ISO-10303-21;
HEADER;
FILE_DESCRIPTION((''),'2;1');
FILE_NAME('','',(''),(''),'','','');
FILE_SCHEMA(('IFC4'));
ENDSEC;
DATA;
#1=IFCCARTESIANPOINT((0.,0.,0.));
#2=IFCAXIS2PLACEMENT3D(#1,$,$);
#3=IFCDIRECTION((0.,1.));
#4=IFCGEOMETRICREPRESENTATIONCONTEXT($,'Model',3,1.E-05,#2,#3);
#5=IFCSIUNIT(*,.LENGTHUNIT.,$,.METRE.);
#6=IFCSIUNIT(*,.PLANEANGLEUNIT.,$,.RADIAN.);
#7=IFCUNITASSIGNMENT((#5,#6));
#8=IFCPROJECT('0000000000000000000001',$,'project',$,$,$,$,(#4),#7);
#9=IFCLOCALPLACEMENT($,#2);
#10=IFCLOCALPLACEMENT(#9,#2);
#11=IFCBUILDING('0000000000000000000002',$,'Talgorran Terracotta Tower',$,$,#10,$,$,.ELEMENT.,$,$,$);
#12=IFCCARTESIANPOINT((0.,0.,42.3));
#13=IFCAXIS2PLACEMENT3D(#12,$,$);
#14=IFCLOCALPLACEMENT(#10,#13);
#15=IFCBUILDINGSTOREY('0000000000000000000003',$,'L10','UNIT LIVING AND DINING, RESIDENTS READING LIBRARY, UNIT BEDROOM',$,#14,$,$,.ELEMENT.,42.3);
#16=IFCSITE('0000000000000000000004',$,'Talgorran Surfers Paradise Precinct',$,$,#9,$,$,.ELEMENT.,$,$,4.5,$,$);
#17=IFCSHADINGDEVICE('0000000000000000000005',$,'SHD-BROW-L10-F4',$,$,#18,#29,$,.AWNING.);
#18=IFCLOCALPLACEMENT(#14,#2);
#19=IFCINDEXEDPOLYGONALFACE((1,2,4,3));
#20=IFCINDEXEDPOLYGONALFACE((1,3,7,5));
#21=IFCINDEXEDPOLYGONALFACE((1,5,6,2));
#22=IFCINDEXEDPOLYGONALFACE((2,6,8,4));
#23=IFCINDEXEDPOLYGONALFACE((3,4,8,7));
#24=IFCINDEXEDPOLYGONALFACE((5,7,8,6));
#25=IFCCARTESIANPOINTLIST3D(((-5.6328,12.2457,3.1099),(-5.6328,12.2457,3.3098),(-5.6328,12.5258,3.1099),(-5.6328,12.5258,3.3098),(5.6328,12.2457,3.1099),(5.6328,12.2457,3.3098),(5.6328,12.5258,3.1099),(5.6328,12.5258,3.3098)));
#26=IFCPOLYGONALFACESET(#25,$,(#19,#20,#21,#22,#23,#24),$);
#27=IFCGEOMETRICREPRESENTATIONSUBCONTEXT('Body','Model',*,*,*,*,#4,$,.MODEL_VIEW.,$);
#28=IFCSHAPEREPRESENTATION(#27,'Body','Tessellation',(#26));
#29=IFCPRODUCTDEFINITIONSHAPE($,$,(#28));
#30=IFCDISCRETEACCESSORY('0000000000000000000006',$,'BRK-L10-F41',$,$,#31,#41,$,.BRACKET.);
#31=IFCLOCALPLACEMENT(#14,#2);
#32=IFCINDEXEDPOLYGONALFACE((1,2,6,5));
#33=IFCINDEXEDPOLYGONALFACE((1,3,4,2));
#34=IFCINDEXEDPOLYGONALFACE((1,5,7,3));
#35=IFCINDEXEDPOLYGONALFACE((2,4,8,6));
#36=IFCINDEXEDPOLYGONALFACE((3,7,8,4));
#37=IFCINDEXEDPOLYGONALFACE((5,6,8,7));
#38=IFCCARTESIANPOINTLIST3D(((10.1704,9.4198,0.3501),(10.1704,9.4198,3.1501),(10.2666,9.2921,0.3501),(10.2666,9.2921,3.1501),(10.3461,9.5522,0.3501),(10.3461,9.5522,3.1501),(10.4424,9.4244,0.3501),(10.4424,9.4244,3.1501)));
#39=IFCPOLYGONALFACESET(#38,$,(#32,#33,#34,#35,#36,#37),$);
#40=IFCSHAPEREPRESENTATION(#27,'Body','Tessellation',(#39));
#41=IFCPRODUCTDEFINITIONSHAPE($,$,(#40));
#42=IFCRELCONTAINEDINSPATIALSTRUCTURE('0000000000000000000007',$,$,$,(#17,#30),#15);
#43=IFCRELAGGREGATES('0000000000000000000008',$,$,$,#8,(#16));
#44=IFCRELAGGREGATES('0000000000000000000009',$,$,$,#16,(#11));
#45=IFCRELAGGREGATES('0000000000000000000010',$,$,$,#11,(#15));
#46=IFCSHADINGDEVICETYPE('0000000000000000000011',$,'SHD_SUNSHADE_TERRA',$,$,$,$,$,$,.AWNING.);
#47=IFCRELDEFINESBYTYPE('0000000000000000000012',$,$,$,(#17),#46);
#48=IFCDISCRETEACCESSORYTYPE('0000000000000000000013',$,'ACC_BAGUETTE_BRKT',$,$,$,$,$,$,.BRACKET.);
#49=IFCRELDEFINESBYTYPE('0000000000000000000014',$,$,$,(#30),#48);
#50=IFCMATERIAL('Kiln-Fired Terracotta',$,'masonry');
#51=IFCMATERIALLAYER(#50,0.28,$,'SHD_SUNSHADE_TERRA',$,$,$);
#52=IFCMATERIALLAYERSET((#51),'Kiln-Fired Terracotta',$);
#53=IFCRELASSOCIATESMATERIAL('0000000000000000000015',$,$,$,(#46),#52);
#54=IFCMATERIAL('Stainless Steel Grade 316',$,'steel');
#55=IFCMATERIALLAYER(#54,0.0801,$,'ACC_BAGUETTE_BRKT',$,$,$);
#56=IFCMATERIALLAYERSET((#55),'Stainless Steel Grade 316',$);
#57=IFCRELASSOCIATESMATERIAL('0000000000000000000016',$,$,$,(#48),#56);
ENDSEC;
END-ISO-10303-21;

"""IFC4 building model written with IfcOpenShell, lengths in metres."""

from ifc_helpers import new_model, si_unit, direction, frame, origin, origin_2d, place, context, subcontext, project, spatial, rectangle, extrude, source, transform, mapped, material, layer, layer_set, type_object, type_shapes, element, save


model = new_model("IFC4")

# Units and contexts
model_context = context("Model", 3, precision=1e-05, world=origin(), true_north=direction((0.0, 1.0)))
body_context = subcontext(model_context, "Body", "Model", "MODEL_VIEW")
ifc_project = project(units=[si_unit("LENGTHUNIT", "METRE"), si_unit("PLANEANGLEUNIT", "RADIAN")], contexts=[model_context])

# Site, building, storey
site_placement = place(None, origin())
site = spatial("IfcSite", under=ifc_project, at=site_placement, Name="Talgorran Surfers Paradise Precinct", CompositionType="ELEMENT", RefElevation=4.5)
building_placement = place(site_placement, origin())
building = spatial("IfcBuilding", under=site, at=building_placement, Name="Talgorran Terracotta Tower", CompositionType="ELEMENT")
storey_placement = place(building_placement, frame((0.0, 0.0, 42.3)))
storey = spatial("IfcBuildingStorey", under=building, at=storey_placement, Name="L10", Description="UNIT LIVING AND DINING, RESIDENTS READING LIBRARY, UNIT BEDROOM", CompositionType="ELEMENT", Elevation=42.3)

# Shading device
ifc_material_1 = material(Name="Kiln-Fired Terracotta", Category="masonry")
ifc_layer_1 = layer(ifc_material_1, 0.28, Name="SHD_SUNSHADE_TERRA")
ifc_layer_set_1 = layer_set([ifc_layer_1], Name="Kiln-Fired Terracotta")
shading_device_type = type_object("IfcShadingDeviceType", Name="SHD_SUNSHADE_TERRA", PredefinedType="AWNING", material=ifc_layer_set_1)
shared_shape_1 = source(origin(), body_context, "Body", "SweptSolid", [
    extrude(rectangle(XDim=11.2656, YDim=0.28, at=origin_2d()), origin(), (0.0, 0.0, 1.0), 0.2),
])
type_shapes(shading_device_type, [shared_shape_1])
shading_device_placement = place(storey_placement, frame((0.0, 12.3857, 3.1099), z_axis=(0.0, 0.0, 1.0), x_axis=(-1.0, 0.0, 0.0)))
element("IfcShadingDevice", 1, at=shading_device_placement, inside=storey, type_object=shading_device_type, Name="SHD-BROW-L10-F4", PredefinedType="AWNING", context=body_context, shape_type="MappedRepresentation", body=[
    mapped(shared_shape_1, transform((0.0, 0.0, 0.0), scale=1.0)),
])

# Discrete accessory
ifc_material_2 = material(Name="Stainless Steel Grade 316", Category="steel")
ifc_layer_2 = layer(ifc_material_2, 0.0801, Name="ACC_BAGUETTE_BRKT")
ifc_layer_set_2 = layer_set([ifc_layer_2], Name="Stainless Steel Grade 316")
discrete_accessory_type = type_object("IfcDiscreteAccessoryType", Name="ACC_BAGUETTE_BRKT", PredefinedType="BRACKET", material=ifc_layer_set_2)
shared_shape_2 = source(origin(), body_context, "Body", "SweptSolid", [
    extrude(rectangle(XDim=0.1599, YDim=0.22, at=origin_2d()), origin(), (0.0, 0.0, 1.0), 2.8),
])
type_shapes(discrete_accessory_type, [shared_shape_2])
discrete_accessory_placement = place(storey_placement, frame((10.3064, 9.4221, 0.3501), z_axis=(0.0, 0.0, 1.0), x_axis=(-0.601634, 0.798772, 0.0)))
element("IfcDiscreteAccessory", 2, at=discrete_accessory_placement, inside=storey, type_object=discrete_accessory_type, Name="BRK-L10-F41", PredefinedType="BRACKET", context=body_context, shape_type="MappedRepresentation", body=[
    mapped(shared_shape_2, transform((0.0, 0.0, 0.0), scale=1.0)),
])

save(model, "model.ifc")
